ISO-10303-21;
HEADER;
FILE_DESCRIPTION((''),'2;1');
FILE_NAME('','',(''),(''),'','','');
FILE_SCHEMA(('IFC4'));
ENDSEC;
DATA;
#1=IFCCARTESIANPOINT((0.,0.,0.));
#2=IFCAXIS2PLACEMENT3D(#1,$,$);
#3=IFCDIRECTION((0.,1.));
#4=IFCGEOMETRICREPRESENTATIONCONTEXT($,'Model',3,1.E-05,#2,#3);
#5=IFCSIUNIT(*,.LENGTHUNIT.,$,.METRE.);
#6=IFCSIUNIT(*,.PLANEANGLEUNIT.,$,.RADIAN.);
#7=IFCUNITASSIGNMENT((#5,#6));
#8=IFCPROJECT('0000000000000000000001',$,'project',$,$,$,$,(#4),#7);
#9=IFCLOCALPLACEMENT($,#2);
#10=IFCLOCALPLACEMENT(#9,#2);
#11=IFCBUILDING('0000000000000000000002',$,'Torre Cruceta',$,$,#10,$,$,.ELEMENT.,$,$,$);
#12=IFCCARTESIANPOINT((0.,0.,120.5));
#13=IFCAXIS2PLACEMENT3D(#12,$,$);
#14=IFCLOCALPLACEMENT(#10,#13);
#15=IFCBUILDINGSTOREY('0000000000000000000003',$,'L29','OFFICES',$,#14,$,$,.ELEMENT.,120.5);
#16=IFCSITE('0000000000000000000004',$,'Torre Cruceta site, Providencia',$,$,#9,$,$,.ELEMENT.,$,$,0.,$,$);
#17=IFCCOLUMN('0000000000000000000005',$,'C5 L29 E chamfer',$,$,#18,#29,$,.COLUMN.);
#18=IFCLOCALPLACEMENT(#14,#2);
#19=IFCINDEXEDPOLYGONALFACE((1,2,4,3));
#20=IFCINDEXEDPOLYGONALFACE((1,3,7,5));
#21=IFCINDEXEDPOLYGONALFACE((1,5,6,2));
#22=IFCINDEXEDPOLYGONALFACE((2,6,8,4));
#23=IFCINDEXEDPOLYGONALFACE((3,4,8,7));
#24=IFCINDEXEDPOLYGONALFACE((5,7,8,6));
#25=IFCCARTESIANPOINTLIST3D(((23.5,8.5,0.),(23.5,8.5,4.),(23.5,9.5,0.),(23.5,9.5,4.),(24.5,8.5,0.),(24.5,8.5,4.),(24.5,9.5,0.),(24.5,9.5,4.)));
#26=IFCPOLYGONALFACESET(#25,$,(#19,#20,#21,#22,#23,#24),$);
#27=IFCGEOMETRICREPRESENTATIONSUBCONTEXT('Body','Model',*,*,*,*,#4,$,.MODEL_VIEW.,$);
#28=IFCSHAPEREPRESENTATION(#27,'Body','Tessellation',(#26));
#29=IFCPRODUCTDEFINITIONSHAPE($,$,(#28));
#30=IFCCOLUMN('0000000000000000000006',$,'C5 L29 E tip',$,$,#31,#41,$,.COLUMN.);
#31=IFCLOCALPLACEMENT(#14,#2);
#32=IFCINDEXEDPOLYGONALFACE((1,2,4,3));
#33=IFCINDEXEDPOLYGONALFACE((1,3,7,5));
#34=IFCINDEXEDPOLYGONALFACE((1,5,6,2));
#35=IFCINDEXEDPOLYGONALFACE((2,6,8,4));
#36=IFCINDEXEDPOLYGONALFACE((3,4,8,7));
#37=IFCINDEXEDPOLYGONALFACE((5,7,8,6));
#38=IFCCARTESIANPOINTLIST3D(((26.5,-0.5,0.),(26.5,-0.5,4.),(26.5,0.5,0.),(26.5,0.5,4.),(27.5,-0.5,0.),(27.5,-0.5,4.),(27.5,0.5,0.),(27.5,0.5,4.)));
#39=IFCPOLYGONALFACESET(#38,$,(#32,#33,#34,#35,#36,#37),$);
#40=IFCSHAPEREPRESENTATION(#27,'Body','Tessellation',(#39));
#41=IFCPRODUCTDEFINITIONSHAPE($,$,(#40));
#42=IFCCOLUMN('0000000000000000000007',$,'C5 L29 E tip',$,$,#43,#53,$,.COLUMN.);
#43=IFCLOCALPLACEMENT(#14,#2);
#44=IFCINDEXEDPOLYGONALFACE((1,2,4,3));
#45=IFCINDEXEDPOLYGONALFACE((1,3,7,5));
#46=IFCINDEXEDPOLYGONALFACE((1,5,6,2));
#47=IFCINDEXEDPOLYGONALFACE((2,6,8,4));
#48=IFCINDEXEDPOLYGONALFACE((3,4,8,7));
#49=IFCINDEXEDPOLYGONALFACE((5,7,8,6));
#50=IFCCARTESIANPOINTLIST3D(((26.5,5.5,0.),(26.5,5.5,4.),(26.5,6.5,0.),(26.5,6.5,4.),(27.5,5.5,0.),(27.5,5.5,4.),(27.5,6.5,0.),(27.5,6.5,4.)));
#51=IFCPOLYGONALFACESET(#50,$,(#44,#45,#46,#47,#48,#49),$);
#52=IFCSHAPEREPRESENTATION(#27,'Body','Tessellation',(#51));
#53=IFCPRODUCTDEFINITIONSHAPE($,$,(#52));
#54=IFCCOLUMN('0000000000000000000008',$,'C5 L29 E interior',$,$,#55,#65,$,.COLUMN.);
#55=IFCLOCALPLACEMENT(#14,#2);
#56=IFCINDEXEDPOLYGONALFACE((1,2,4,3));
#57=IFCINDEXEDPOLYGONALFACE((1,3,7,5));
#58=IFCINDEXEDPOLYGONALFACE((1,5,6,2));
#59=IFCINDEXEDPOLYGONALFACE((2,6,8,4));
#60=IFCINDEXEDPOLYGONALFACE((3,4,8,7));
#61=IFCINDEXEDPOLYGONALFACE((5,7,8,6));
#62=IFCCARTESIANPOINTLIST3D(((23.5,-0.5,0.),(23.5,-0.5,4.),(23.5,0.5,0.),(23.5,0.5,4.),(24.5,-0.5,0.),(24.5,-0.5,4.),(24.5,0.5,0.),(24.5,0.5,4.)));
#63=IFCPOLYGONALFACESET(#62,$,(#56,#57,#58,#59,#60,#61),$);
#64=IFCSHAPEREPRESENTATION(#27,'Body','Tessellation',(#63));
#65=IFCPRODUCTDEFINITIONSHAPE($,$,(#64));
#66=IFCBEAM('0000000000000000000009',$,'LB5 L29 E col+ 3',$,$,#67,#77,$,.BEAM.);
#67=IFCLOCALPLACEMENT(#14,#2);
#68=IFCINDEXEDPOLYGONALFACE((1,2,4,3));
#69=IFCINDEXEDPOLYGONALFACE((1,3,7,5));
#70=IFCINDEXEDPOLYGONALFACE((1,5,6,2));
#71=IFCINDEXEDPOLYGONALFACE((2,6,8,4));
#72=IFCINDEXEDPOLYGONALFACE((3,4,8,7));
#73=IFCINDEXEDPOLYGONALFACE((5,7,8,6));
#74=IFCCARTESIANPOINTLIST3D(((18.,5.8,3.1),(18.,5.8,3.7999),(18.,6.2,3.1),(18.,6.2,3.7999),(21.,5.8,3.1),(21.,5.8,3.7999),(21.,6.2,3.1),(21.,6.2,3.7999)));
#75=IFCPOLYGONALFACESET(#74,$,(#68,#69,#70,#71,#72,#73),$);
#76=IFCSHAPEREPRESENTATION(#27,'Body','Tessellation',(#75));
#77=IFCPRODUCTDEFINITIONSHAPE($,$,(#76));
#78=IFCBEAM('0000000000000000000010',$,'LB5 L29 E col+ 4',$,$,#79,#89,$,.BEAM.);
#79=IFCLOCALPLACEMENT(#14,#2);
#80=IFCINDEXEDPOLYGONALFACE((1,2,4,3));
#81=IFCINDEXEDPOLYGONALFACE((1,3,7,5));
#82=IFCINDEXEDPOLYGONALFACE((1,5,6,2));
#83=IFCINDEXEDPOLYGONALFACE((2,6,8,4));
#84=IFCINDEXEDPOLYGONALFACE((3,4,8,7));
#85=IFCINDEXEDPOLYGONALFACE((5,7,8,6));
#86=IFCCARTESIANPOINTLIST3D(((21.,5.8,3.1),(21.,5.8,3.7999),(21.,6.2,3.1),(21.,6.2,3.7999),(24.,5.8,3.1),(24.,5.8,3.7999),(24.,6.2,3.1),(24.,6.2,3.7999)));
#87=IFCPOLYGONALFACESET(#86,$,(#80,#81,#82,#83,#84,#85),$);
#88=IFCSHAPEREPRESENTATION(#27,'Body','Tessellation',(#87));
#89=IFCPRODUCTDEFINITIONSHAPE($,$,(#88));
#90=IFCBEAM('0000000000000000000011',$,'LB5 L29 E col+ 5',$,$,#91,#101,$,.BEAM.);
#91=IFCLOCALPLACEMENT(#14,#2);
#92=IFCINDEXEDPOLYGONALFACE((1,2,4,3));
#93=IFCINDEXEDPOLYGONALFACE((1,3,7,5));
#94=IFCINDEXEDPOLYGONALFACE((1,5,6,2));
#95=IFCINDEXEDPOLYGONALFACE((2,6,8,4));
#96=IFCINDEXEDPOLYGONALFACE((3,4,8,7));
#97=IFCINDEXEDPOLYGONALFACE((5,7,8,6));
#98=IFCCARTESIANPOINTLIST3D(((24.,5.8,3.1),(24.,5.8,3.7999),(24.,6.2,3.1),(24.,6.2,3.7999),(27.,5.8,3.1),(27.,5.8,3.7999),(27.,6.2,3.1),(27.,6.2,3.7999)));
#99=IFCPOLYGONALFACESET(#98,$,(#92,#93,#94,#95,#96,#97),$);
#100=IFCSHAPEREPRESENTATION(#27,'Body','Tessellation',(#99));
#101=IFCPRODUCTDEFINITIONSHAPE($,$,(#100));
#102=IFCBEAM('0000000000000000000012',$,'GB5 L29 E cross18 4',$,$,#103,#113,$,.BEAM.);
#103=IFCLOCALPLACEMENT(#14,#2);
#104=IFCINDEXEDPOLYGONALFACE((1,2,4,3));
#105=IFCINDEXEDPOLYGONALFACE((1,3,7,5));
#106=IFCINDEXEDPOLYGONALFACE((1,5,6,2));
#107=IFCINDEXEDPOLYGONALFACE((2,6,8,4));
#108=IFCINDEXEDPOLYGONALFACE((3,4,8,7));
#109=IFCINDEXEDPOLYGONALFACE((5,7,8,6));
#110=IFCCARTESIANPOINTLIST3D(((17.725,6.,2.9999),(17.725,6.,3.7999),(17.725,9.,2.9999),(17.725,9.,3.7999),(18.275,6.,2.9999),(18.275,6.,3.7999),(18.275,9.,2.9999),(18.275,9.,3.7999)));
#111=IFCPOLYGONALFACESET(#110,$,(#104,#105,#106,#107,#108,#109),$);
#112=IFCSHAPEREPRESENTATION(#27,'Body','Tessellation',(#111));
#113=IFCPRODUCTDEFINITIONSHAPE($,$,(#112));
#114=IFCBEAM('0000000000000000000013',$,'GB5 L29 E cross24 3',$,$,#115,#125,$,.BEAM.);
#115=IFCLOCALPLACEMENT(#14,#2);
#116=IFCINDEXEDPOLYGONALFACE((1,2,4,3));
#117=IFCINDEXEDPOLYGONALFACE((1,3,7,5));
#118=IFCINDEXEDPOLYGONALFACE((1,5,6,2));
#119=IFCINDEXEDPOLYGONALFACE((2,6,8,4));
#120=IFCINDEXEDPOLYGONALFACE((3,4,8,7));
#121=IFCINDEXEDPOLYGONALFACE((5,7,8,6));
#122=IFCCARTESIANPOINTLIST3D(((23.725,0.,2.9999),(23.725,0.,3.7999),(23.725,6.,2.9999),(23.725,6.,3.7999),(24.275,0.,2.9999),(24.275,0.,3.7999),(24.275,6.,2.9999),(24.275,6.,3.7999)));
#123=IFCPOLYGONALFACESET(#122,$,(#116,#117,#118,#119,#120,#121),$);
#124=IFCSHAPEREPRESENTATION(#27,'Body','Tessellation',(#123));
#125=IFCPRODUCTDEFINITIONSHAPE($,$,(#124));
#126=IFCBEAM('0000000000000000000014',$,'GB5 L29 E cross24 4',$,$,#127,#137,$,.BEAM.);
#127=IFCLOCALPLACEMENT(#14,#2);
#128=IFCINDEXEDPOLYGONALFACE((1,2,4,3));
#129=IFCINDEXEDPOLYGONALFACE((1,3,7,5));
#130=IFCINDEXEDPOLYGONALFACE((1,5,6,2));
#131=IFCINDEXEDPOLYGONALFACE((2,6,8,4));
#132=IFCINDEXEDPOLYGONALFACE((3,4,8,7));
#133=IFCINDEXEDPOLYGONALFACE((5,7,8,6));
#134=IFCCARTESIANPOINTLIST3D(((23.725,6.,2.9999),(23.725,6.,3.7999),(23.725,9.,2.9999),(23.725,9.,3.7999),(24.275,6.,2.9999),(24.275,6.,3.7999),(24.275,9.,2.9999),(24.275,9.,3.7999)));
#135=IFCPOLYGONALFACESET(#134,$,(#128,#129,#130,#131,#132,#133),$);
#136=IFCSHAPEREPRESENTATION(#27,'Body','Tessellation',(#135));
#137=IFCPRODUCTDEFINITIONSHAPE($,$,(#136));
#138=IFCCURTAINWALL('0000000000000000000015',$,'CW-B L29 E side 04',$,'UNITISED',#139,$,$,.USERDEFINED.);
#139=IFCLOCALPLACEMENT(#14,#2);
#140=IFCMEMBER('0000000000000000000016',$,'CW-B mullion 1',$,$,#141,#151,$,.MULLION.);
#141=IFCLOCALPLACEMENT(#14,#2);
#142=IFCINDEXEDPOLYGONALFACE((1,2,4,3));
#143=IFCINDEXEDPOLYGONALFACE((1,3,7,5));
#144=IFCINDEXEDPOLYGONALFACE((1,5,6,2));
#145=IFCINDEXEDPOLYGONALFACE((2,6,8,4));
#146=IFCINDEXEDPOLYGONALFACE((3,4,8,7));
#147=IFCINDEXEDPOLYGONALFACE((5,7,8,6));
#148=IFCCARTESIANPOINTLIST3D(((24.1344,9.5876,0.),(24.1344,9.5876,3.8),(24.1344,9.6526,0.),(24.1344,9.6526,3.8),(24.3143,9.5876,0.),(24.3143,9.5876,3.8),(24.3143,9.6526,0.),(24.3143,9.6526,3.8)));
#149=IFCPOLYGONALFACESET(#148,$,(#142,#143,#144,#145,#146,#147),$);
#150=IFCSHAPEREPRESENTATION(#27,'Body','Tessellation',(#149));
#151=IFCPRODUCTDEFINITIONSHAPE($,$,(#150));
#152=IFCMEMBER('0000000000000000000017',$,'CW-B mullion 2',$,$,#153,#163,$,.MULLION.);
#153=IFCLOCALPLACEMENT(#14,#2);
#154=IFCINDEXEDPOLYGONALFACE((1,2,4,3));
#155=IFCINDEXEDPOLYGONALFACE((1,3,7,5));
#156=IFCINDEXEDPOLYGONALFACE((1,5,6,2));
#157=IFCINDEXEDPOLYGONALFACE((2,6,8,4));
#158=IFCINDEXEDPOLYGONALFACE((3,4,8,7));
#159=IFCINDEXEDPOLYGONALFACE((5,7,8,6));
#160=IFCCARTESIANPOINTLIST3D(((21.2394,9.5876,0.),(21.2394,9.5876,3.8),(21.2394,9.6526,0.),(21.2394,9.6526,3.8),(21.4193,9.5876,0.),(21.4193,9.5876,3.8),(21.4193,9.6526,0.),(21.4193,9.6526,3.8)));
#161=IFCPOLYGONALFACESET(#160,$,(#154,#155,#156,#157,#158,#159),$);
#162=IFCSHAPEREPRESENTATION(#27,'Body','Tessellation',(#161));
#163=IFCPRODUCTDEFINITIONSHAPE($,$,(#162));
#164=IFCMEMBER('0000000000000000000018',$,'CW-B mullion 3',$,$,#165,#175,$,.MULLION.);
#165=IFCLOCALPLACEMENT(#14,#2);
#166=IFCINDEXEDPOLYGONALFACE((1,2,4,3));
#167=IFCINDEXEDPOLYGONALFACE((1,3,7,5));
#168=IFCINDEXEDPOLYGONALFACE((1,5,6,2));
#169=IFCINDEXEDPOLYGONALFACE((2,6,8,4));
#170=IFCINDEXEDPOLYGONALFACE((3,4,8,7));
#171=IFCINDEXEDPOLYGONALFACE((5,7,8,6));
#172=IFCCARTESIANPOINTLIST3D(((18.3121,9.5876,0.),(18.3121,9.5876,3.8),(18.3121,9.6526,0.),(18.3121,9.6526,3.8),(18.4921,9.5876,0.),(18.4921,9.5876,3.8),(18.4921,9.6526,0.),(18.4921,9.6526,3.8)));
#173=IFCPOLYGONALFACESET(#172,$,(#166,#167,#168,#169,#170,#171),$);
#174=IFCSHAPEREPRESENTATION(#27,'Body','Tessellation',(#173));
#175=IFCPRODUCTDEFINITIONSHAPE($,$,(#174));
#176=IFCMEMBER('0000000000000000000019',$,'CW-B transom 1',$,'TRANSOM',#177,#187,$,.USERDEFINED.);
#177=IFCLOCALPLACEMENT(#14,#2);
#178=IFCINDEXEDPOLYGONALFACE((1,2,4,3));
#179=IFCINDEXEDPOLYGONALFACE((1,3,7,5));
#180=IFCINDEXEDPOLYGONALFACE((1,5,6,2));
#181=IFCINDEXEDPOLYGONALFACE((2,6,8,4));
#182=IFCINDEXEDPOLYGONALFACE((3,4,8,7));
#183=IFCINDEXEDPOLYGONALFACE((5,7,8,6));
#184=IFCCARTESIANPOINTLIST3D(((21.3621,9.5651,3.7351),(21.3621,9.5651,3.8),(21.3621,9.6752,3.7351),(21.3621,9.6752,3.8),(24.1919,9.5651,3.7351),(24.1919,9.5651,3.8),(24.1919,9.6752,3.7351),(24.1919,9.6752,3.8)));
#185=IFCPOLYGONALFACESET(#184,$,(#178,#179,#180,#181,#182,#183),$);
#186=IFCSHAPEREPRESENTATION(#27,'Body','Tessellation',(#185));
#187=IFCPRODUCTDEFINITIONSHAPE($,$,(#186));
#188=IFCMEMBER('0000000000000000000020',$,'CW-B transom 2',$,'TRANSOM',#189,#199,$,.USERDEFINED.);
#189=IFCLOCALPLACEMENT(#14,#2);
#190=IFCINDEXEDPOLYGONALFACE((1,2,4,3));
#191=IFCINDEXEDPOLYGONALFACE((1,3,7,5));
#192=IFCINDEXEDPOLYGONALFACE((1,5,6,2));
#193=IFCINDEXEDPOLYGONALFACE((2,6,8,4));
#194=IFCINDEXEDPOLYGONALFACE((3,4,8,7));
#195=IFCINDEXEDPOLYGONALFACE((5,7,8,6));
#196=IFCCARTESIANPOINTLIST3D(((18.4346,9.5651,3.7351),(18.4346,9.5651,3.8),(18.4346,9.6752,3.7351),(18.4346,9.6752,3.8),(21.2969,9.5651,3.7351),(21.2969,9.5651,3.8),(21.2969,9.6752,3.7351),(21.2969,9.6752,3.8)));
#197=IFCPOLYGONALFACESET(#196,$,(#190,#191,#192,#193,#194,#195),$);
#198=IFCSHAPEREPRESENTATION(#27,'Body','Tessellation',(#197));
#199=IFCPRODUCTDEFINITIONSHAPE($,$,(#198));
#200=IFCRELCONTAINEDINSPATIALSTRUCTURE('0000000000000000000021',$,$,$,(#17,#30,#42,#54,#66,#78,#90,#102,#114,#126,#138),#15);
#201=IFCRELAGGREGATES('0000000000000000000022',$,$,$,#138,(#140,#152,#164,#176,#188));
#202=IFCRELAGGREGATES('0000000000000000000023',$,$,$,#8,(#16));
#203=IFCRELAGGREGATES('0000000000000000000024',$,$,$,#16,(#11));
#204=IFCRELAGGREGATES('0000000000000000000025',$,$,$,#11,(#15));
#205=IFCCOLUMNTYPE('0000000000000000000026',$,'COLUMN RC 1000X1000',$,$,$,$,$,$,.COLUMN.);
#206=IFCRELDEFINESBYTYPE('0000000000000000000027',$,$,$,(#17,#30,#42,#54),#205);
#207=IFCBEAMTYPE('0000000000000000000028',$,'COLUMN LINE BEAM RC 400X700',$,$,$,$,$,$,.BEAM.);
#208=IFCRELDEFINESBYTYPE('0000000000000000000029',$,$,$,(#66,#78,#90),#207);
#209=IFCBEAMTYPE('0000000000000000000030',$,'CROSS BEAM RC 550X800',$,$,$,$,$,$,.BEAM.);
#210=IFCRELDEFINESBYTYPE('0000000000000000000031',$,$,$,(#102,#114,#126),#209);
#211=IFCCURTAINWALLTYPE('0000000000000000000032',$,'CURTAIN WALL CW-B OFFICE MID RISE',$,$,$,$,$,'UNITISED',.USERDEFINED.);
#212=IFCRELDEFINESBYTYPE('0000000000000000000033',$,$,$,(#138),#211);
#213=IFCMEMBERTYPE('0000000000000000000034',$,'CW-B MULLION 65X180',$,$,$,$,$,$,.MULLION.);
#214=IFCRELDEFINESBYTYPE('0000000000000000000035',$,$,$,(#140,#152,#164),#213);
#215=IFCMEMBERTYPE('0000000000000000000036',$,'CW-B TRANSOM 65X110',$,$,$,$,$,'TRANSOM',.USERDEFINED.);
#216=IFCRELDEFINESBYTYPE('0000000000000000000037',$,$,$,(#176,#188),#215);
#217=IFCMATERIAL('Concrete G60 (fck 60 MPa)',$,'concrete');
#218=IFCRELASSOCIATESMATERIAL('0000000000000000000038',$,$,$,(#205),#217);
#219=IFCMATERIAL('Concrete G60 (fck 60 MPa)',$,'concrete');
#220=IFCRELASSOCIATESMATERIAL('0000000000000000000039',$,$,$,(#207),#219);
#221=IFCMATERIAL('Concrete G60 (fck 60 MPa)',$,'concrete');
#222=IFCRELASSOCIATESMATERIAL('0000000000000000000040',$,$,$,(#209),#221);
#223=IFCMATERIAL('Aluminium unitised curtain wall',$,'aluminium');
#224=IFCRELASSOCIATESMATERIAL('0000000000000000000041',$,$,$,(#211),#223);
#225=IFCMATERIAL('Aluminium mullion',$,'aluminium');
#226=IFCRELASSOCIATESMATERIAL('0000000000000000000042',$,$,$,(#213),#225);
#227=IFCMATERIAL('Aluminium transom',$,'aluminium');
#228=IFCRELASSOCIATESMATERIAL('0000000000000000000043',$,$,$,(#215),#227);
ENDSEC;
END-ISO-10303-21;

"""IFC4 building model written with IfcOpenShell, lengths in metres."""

from ifc_helpers import new_model, si_unit, direction, frame, origin, origin_2d, place, context, subcontext, project, spatial, rectangle, extrude, material, material_profile, profile_set, type_object, element, aggregate, save


model = new_model("IFC4")

# Units and contexts
model_context = context("Model", 3, precision=1e-05, world=origin(), true_north=direction((0.0, 1.0)))
body_context = subcontext(model_context, "Body", "Model", "MODEL_VIEW")
ifc_project = project(units=[si_unit("LENGTHUNIT", "METRE"), si_unit("PLANEANGLEUNIT", "RADIAN")], contexts=[model_context])

# Site, building, storey
site_placement = place(None, origin())
site = spatial("IfcSite", under=ifc_project, at=site_placement, Name="Torre Cruceta site, Providencia", CompositionType="ELEMENT", RefElevation=0.0)
building_placement = place(site_placement, origin())
building = spatial("IfcBuilding", under=site, at=building_placement, Name="Torre Cruceta", CompositionType="ELEMENT")
storey_placement = place(building_placement, frame((0.0, 0.0, 120.5)))
storey = spatial("IfcBuildingStorey", under=building, at=storey_placement, Name="L29", Description="OFFICES", CompositionType="ELEMENT", Elevation=120.5)

# Columns
ifc_material_1 = material(Name="Concrete G60 (fck 60 MPa)", Category="concrete")
ifc_material_profile_1 = material_profile(ifc_material_1, rectangle(XDim=1.0, YDim=1.0, at=origin_2d()), Name="RC 1000X1000")
ifc_profile_set_1 = profile_set([ifc_material_profile_1], Name="Concrete G60 (fck 60 MPa)")
column_type = type_object("IfcColumnType", Name="COLUMN RC 1000X1000", PredefinedType="COLUMN", material=ifc_profile_set_1)
for number, where, z_axis, x_axis, name in (
    (1, (24.0, 9.0, 0.0), (0.0, 0.0, 1.0), (1.0, 0.0, 0.0), "C5 L29 E chamfer"),
    (2, (27.0, 0.0, 0.0), (0.0, 0.0, 1.0), (1.0, 0.0, 0.0), "C5 L29 E tip"),
    (3, (27.0, 6.0, 0.0), (0.0, 0.0, 1.0), (1.0, 0.0, 0.0), "C5 L29 E tip"),
    (4, (24.0, 0.0, 0.0), (0.0, 0.0, 1.0), (1.0, 0.0, 0.0), "C5 L29 E interior"),
):
    element("IfcColumn", number, at=place(storey_placement, frame(where, z_axis=z_axis, x_axis=x_axis)), inside=storey, type_object=column_type, Name=name, PredefinedType="COLUMN", context=body_context, shape_type="SweptSolid", body=[
        extrude(rectangle(XDim=1.0, YDim=1.0, at=origin_2d()), origin(), (0.0, 0.0, 1.0), 4.0),
    ])

# Beams
ifc_material_2 = material(Name="Concrete G60 (fck 60 MPa)", Category="concrete")
ifc_material_profile_2 = material_profile(ifc_material_2, rectangle(XDim=0.3999, YDim=0.7, at=origin_2d()), Name="RC 400X700")
ifc_profile_set_2 = profile_set([ifc_material_profile_2], Name="Concrete G60 (fck 60 MPa)")
beam_type_1 = type_object("IfcBeamType", Name="COLUMN LINE BEAM RC 400X700", PredefinedType="BEAM", material=ifc_profile_set_2)
for number, where, z_axis, x_axis, name in (
    (5, (18.0, 6.0, 3.45), (1.0, 0.0, 0.0), (0.0, 1.0, 0.0), "LB5 L29 E col+ 3"),
    (6, (21.0, 6.0, 3.45), (1.0, 0.0, 0.0), (0.0, 1.0, 0.0), "LB5 L29 E col+ 4"),
    (7, (24.0, 6.0, 3.45), (1.0, 0.0, 0.0), (0.0, 1.0, 0.0), "LB5 L29 E col+ 5"),
):
    element("IfcBeam", number, at=place(storey_placement, frame(where, z_axis=z_axis, x_axis=x_axis)), inside=storey, type_object=beam_type_1, Name=name, PredefinedType="BEAM", context=body_context, shape_type="SweptSolid", body=[
        extrude(rectangle(XDim=0.3999, YDim=0.7, at=origin_2d()), origin(), (0.0, 0.0, 1.0), 3.0),
    ])
ifc_material_3 = material(Name="Concrete G60 (fck 60 MPa)", Category="concrete")
ifc_material_profile_3 = material_profile(ifc_material_3, rectangle(XDim=0.55, YDim=0.8, at=origin_2d()), Name="RC 550X800")
ifc_profile_set_3 = profile_set([ifc_material_profile_3], Name="Concrete G60 (fck 60 MPa)")
beam_type_2 = type_object("IfcBeamType", Name="CROSS BEAM RC 550X800", PredefinedType="BEAM", material=ifc_profile_set_3)
beam_1_placement = place(storey_placement, frame((18.0, 6.0, 3.3999), z_axis=(0.0, 1.0, 0.0), x_axis=(-1.0, 0.0, 0.0)))
element("IfcBeam", 8, at=beam_1_placement, inside=storey, type_object=beam_type_2, Name="GB5 L29 E cross18 4", PredefinedType="BEAM", context=body_context, shape_type="SweptSolid", body=[
    extrude(rectangle(XDim=0.55, YDim=0.8, at=origin_2d()), origin(), (0.0, 0.0, 1.0), 3.0),
])
beam_2_placement = place(storey_placement, frame((24.0, 0.0, 3.3999), z_axis=(0.0, 1.0, 0.0), x_axis=(-1.0, 0.0, 0.0)))
element("IfcBeam", 9, at=beam_2_placement, inside=storey, type_object=beam_type_2, Name="GB5 L29 E cross24 3", PredefinedType="BEAM", context=body_context, shape_type="SweptSolid", body=[
    extrude(rectangle(XDim=0.55, YDim=0.8, at=origin_2d()), origin(), (0.0, 0.0, 1.0), 6.0),
])
beam_3_placement = place(storey_placement, frame((24.0, 6.0, 3.3999), z_axis=(0.0, 1.0, 0.0), x_axis=(-1.0, 0.0, 0.0)))
element("IfcBeam", 10, at=beam_3_placement, inside=storey, type_object=beam_type_2, Name="GB5 L29 E cross24 4", PredefinedType="BEAM", context=body_context, shape_type="SweptSolid", body=[
    extrude(rectangle(XDim=0.55, YDim=0.8, at=origin_2d()), origin(), (0.0, 0.0, 1.0), 3.0),
])

# Curtain wall, members
ifc_material_4 = material(Name="Aluminium unitised curtain wall", Category="aluminium")
curtain_wall_type = type_object("IfcCurtainWallType", Name="CURTAIN WALL CW-B OFFICE MID RISE", ElementType="UNITISED", PredefinedType="USERDEFINED", material=ifc_material_4)
curtain_wall_placement = place(storey_placement, origin())
curtain_wall = element("IfcCurtainWall", 11, at=curtain_wall_placement, inside=storey, type_object=curtain_wall_type, Name="CW-B L29 E side 04", ObjectType="UNITISED", PredefinedType="USERDEFINED")
ifc_material_5 = material(Name="Aluminium mullion", Category="aluminium")
ifc_material_profile_4 = material_profile(ifc_material_5, rectangle(XDim=0.0649, YDim=0.1799, at=origin_2d()), Name="AL 65X180")
ifc_profile_set_4 = profile_set([ifc_material_profile_4], Name="Aluminium mullion")
member_type_1 = type_object("IfcMemberType", Name="CW-B MULLION 65X180", PredefinedType="MULLION", material=ifc_profile_set_4)
member_1_placement = place(storey_placement, frame((24.2244, 9.6201, 0.0), z_axis=(0.0, 0.0, 1.0), x_axis=(0.0, -1.0, 0.0)))
member_1 = element("IfcMember", 12, at=member_1_placement, type_object=member_type_1, Name="CW-B mullion 1", PredefinedType="MULLION", context=body_context, shape_type="SweptSolid", body=[
    extrude(rectangle(XDim=0.0649, YDim=0.1799, at=origin_2d()), origin(), (0.0, 0.0, 1.0), 3.8),
])
member_2_placement = place(storey_placement, frame((21.3293, 9.6201, 0.0), z_axis=(0.0, 0.0, 1.0), x_axis=(0.0, -1.0, 0.0)))
member_2 = element("IfcMember", 13, at=member_2_placement, type_object=member_type_1, Name="CW-B mullion 2", PredefinedType="MULLION", context=body_context, shape_type="SweptSolid", body=[
    extrude(rectangle(XDim=0.0649, YDim=0.1799, at=origin_2d()), origin(), (0.0, 0.0, 1.0), 3.8),
])
member_3_placement = place(storey_placement, frame((18.4021, 9.6201, 0.0), z_axis=(0.0, 0.0, 1.0), x_axis=(0.0, -1.0, 0.0)))
member_3 = element("IfcMember", 14, at=member_3_placement, type_object=member_type_1, Name="CW-B mullion 3", PredefinedType="MULLION", context=body_context, shape_type="SweptSolid", body=[
    extrude(rectangle(XDim=0.0649, YDim=0.1799, at=origin_2d()), origin(), (0.0, 0.0, 1.0), 3.8),
])
ifc_material_6 = material(Name="Aluminium transom", Category="aluminium")
ifc_material_profile_5 = material_profile(ifc_material_6, rectangle(XDim=0.1101, YDim=0.0649, at=origin_2d()), Name="AL 110X65")
ifc_profile_set_5 = profile_set([ifc_material_profile_5], Name="Aluminium transom")
member_type_2 = type_object("IfcMemberType", Name="CW-B TRANSOM 65X110", ElementType="TRANSOM", PredefinedType="USERDEFINED", material=ifc_profile_set_5)
member_4_placement = place(storey_placement, frame((24.1919, 9.6201, 3.7676), z_axis=(-1.0, 0.0, 0.0), x_axis=(0.0, -1.0, 0.0)))
member_4 = element("IfcMember", 15, at=member_4_placement, type_object=member_type_2, Name="CW-B transom 1", ObjectType="TRANSOM", PredefinedType="USERDEFINED", context=body_context, shape_type="SweptSolid", body=[
    extrude(rectangle(XDim=0.1101, YDim=0.0649, at=origin_2d()), origin(), (0.0, 0.0, 1.0), 2.8298),
])
member_5_placement = place(storey_placement, frame((21.2969, 9.6201, 3.7676), z_axis=(-1.0, 0.0, 0.0), x_axis=(0.0, -1.0, 0.0)))
member_5 = element("IfcMember", 16, at=member_5_placement, type_object=member_type_2, Name="CW-B transom 2", ObjectType="TRANSOM", PredefinedType="USERDEFINED", context=body_context, shape_type="SweptSolid", body=[
    extrude(rectangle(XDim=0.1101, YDim=0.0649, at=origin_2d()), origin(), (0.0, 0.0, 1.0), 2.8623),
])

aggregate(curtain_wall, [member_1, member_2, member_3, member_4, member_5])

save(model, "model.ifc")
